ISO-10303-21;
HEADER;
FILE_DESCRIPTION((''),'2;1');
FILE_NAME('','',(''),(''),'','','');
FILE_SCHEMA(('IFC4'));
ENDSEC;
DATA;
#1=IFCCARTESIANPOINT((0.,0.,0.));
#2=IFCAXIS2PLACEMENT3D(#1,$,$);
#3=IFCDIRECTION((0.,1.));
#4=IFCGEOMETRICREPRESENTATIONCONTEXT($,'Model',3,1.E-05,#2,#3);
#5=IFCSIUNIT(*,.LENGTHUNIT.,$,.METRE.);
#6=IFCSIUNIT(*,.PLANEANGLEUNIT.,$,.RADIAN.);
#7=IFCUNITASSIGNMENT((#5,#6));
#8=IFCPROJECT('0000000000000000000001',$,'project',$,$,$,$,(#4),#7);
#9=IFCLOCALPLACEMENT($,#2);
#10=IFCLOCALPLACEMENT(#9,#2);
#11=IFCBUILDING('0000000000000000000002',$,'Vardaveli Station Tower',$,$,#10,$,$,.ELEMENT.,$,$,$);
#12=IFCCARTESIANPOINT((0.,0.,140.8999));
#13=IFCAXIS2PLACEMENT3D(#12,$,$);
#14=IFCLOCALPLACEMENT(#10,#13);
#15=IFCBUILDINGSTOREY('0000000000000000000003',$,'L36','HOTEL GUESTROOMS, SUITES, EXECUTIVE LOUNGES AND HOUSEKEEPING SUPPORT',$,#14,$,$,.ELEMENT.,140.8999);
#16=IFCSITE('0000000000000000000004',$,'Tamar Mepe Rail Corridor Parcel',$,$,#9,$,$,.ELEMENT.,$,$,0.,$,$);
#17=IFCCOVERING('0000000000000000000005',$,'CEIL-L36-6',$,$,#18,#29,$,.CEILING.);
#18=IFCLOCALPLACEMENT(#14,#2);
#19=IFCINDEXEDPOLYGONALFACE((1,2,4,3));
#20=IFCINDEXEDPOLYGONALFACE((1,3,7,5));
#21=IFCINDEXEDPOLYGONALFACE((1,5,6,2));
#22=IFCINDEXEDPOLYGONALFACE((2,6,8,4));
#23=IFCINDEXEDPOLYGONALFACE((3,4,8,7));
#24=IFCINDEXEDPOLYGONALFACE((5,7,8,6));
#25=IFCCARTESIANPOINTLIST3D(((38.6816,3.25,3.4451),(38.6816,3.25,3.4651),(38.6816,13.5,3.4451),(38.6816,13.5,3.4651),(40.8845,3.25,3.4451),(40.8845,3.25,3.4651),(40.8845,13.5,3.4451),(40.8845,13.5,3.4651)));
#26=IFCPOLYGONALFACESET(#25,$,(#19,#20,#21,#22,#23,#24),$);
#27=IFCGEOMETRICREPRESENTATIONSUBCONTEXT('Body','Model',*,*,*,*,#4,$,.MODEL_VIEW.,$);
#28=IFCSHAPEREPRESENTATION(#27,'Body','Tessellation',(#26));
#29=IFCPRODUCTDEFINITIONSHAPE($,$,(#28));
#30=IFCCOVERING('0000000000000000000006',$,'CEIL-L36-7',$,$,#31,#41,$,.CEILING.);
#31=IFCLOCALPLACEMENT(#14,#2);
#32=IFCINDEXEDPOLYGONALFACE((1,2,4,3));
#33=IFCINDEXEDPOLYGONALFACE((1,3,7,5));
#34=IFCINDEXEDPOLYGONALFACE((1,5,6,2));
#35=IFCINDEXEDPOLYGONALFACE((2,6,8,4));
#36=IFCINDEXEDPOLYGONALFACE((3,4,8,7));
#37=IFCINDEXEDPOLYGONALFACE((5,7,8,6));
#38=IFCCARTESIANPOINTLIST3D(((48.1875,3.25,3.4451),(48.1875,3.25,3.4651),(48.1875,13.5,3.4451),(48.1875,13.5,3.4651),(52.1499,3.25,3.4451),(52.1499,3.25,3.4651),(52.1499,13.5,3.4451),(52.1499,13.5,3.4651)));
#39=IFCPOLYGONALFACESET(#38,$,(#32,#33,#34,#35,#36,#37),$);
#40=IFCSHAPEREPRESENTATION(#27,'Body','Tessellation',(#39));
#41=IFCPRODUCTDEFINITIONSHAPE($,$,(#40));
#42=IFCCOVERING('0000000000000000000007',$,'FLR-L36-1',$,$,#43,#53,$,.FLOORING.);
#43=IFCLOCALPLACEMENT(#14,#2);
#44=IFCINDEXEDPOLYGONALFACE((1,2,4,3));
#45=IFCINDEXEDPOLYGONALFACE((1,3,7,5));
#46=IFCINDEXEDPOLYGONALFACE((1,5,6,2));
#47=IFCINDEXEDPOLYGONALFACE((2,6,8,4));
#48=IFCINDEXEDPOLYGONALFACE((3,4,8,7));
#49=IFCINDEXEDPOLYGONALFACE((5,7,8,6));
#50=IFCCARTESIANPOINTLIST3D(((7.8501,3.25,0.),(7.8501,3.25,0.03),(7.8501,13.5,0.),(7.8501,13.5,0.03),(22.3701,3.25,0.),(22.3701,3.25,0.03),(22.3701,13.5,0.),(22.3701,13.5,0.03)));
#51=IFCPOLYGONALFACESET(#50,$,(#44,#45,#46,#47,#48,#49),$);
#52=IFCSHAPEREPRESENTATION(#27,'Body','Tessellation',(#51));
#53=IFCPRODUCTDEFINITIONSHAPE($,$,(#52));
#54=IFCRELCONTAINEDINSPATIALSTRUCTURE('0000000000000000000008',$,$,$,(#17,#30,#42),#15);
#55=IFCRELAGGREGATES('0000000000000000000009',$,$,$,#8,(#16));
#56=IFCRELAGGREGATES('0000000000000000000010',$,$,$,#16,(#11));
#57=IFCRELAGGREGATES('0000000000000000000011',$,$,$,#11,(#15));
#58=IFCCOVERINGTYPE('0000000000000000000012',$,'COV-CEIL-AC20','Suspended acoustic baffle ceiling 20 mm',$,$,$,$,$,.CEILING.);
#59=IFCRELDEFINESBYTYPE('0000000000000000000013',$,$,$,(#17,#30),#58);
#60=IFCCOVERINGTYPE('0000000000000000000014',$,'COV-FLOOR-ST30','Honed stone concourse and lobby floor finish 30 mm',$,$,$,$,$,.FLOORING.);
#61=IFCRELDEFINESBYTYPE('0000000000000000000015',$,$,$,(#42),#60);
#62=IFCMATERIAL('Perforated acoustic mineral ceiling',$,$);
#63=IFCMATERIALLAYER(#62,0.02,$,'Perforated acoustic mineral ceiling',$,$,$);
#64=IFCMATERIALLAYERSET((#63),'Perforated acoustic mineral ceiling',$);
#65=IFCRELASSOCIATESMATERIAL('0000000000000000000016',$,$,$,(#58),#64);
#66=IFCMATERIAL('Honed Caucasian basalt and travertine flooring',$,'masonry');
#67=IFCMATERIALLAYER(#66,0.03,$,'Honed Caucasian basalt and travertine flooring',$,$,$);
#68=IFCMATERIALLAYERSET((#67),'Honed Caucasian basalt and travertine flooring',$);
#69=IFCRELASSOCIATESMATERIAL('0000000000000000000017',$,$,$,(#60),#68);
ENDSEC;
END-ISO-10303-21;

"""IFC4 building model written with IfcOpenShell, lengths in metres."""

from ifc_helpers import new_model, si_unit, direction, frame, origin, place, context, subcontext, project, spatial, polyline, outline, extrude, material, layer, layer_set, type_object, element, save


model = new_model("IFC4")

# Units and contexts
model_context = context("Model", 3, precision=1e-05, world=origin(), true_north=direction((0.0, 1.0)))
body_context = subcontext(model_context, "Body", "Model", "MODEL_VIEW")
ifc_project = project(units=[si_unit("LENGTHUNIT", "METRE"), si_unit("PLANEANGLEUNIT", "RADIAN")], contexts=[model_context])

# Site, building, storey
site_placement = place(None, origin())
site = spatial("IfcSite", under=ifc_project, at=site_placement, Name="Tamar Mepe Rail Corridor Parcel", CompositionType="ELEMENT", RefElevation=0.0)
building_placement = place(site_placement, origin())
building = spatial("IfcBuilding", under=site, at=building_placement, Name="Vardaveli Station Tower", CompositionType="ELEMENT")
storey_placement = place(building_placement, frame((0.0, 0.0, 140.8999)))
storey = spatial("IfcBuildingStorey", under=building, at=storey_placement, Name="L36", Description="HOTEL GUESTROOMS, SUITES, EXECUTIVE LOUNGES AND HOUSEKEEPING SUPPORT", CompositionType="ELEMENT", Elevation=140.8999)

# Coverings
ifc_material_1 = material(Name="Perforated acoustic mineral ceiling")
ifc_layer_1 = layer(ifc_material_1, 0.02, Name="Perforated acoustic mineral ceiling")
ifc_layer_set_1 = layer_set([ifc_layer_1], Name="Perforated acoustic mineral ceiling")
covering_type_1 = type_object("IfcCoveringType", Name="COV-CEIL-AC20", Description="Suspended acoustic baffle ceiling 20 mm", PredefinedType="CEILING", material=ifc_layer_set_1)
covering_1_placement = place(storey_placement, frame((0.0, 0.0, 3.4451)))
element("IfcCovering", 1, at=covering_1_placement, inside=storey, type_object=covering_type_1, Name="CEIL-L36-6", PredefinedType="CEILING", context=body_context, shape_type="SweptSolid", body=[
    extrude(outline(polyline([(38.6816, 3.25), (40.8845, 3.25), (40.8845, 13.5), (38.6816, 13.5), (38.6816, 3.25)])), origin(), (0.0, 0.0, 1.0), 0.02),
])
covering_2_placement = place(storey_placement, frame((0.0, 0.0, 3.4451)))
element("IfcCovering", 2, at=covering_2_placement, inside=storey, type_object=covering_type_1, Name="CEIL-L36-7", PredefinedType="CEILING", context=body_context, shape_type="SweptSolid", body=[
    extrude(outline(polyline([(48.1875, 3.25), (52.1499, 3.25), (52.1499, 13.5), (48.1875, 13.5), (48.1875, 3.25)])), origin(), (0.0, 0.0, 1.0), 0.02),
])
ifc_material_2 = material(Name="Honed Caucasian basalt and travertine flooring", Category="masonry")
ifc_layer_2 = layer(ifc_material_2, 0.03, Name="Honed Caucasian basalt and travertine flooring")
ifc_layer_set_2 = layer_set([ifc_layer_2], Name="Honed Caucasian basalt and travertine flooring")
covering_type_2 = type_object("IfcCoveringType", Name="COV-FLOOR-ST30", Description="Honed stone concourse and lobby floor finish 30 mm", PredefinedType="FLOORING", material=ifc_layer_set_2)
covering_3_placement = place(storey_placement, origin())
element("IfcCovering", 3, at=covering_3_placement, inside=storey, type_object=covering_type_2, Name="FLR-L36-1", PredefinedType="FLOORING", context=body_context, shape_type="SweptSolid", body=[
    extrude(outline(polyline([(7.8501, 3.25), (22.3701, 3.25), (22.3701, 13.5), (7.8501, 13.5), (7.8501, 3.25)])), origin(), (0.0, 0.0, 1.0), 0.03),
])

save(model, "model.ifc")
